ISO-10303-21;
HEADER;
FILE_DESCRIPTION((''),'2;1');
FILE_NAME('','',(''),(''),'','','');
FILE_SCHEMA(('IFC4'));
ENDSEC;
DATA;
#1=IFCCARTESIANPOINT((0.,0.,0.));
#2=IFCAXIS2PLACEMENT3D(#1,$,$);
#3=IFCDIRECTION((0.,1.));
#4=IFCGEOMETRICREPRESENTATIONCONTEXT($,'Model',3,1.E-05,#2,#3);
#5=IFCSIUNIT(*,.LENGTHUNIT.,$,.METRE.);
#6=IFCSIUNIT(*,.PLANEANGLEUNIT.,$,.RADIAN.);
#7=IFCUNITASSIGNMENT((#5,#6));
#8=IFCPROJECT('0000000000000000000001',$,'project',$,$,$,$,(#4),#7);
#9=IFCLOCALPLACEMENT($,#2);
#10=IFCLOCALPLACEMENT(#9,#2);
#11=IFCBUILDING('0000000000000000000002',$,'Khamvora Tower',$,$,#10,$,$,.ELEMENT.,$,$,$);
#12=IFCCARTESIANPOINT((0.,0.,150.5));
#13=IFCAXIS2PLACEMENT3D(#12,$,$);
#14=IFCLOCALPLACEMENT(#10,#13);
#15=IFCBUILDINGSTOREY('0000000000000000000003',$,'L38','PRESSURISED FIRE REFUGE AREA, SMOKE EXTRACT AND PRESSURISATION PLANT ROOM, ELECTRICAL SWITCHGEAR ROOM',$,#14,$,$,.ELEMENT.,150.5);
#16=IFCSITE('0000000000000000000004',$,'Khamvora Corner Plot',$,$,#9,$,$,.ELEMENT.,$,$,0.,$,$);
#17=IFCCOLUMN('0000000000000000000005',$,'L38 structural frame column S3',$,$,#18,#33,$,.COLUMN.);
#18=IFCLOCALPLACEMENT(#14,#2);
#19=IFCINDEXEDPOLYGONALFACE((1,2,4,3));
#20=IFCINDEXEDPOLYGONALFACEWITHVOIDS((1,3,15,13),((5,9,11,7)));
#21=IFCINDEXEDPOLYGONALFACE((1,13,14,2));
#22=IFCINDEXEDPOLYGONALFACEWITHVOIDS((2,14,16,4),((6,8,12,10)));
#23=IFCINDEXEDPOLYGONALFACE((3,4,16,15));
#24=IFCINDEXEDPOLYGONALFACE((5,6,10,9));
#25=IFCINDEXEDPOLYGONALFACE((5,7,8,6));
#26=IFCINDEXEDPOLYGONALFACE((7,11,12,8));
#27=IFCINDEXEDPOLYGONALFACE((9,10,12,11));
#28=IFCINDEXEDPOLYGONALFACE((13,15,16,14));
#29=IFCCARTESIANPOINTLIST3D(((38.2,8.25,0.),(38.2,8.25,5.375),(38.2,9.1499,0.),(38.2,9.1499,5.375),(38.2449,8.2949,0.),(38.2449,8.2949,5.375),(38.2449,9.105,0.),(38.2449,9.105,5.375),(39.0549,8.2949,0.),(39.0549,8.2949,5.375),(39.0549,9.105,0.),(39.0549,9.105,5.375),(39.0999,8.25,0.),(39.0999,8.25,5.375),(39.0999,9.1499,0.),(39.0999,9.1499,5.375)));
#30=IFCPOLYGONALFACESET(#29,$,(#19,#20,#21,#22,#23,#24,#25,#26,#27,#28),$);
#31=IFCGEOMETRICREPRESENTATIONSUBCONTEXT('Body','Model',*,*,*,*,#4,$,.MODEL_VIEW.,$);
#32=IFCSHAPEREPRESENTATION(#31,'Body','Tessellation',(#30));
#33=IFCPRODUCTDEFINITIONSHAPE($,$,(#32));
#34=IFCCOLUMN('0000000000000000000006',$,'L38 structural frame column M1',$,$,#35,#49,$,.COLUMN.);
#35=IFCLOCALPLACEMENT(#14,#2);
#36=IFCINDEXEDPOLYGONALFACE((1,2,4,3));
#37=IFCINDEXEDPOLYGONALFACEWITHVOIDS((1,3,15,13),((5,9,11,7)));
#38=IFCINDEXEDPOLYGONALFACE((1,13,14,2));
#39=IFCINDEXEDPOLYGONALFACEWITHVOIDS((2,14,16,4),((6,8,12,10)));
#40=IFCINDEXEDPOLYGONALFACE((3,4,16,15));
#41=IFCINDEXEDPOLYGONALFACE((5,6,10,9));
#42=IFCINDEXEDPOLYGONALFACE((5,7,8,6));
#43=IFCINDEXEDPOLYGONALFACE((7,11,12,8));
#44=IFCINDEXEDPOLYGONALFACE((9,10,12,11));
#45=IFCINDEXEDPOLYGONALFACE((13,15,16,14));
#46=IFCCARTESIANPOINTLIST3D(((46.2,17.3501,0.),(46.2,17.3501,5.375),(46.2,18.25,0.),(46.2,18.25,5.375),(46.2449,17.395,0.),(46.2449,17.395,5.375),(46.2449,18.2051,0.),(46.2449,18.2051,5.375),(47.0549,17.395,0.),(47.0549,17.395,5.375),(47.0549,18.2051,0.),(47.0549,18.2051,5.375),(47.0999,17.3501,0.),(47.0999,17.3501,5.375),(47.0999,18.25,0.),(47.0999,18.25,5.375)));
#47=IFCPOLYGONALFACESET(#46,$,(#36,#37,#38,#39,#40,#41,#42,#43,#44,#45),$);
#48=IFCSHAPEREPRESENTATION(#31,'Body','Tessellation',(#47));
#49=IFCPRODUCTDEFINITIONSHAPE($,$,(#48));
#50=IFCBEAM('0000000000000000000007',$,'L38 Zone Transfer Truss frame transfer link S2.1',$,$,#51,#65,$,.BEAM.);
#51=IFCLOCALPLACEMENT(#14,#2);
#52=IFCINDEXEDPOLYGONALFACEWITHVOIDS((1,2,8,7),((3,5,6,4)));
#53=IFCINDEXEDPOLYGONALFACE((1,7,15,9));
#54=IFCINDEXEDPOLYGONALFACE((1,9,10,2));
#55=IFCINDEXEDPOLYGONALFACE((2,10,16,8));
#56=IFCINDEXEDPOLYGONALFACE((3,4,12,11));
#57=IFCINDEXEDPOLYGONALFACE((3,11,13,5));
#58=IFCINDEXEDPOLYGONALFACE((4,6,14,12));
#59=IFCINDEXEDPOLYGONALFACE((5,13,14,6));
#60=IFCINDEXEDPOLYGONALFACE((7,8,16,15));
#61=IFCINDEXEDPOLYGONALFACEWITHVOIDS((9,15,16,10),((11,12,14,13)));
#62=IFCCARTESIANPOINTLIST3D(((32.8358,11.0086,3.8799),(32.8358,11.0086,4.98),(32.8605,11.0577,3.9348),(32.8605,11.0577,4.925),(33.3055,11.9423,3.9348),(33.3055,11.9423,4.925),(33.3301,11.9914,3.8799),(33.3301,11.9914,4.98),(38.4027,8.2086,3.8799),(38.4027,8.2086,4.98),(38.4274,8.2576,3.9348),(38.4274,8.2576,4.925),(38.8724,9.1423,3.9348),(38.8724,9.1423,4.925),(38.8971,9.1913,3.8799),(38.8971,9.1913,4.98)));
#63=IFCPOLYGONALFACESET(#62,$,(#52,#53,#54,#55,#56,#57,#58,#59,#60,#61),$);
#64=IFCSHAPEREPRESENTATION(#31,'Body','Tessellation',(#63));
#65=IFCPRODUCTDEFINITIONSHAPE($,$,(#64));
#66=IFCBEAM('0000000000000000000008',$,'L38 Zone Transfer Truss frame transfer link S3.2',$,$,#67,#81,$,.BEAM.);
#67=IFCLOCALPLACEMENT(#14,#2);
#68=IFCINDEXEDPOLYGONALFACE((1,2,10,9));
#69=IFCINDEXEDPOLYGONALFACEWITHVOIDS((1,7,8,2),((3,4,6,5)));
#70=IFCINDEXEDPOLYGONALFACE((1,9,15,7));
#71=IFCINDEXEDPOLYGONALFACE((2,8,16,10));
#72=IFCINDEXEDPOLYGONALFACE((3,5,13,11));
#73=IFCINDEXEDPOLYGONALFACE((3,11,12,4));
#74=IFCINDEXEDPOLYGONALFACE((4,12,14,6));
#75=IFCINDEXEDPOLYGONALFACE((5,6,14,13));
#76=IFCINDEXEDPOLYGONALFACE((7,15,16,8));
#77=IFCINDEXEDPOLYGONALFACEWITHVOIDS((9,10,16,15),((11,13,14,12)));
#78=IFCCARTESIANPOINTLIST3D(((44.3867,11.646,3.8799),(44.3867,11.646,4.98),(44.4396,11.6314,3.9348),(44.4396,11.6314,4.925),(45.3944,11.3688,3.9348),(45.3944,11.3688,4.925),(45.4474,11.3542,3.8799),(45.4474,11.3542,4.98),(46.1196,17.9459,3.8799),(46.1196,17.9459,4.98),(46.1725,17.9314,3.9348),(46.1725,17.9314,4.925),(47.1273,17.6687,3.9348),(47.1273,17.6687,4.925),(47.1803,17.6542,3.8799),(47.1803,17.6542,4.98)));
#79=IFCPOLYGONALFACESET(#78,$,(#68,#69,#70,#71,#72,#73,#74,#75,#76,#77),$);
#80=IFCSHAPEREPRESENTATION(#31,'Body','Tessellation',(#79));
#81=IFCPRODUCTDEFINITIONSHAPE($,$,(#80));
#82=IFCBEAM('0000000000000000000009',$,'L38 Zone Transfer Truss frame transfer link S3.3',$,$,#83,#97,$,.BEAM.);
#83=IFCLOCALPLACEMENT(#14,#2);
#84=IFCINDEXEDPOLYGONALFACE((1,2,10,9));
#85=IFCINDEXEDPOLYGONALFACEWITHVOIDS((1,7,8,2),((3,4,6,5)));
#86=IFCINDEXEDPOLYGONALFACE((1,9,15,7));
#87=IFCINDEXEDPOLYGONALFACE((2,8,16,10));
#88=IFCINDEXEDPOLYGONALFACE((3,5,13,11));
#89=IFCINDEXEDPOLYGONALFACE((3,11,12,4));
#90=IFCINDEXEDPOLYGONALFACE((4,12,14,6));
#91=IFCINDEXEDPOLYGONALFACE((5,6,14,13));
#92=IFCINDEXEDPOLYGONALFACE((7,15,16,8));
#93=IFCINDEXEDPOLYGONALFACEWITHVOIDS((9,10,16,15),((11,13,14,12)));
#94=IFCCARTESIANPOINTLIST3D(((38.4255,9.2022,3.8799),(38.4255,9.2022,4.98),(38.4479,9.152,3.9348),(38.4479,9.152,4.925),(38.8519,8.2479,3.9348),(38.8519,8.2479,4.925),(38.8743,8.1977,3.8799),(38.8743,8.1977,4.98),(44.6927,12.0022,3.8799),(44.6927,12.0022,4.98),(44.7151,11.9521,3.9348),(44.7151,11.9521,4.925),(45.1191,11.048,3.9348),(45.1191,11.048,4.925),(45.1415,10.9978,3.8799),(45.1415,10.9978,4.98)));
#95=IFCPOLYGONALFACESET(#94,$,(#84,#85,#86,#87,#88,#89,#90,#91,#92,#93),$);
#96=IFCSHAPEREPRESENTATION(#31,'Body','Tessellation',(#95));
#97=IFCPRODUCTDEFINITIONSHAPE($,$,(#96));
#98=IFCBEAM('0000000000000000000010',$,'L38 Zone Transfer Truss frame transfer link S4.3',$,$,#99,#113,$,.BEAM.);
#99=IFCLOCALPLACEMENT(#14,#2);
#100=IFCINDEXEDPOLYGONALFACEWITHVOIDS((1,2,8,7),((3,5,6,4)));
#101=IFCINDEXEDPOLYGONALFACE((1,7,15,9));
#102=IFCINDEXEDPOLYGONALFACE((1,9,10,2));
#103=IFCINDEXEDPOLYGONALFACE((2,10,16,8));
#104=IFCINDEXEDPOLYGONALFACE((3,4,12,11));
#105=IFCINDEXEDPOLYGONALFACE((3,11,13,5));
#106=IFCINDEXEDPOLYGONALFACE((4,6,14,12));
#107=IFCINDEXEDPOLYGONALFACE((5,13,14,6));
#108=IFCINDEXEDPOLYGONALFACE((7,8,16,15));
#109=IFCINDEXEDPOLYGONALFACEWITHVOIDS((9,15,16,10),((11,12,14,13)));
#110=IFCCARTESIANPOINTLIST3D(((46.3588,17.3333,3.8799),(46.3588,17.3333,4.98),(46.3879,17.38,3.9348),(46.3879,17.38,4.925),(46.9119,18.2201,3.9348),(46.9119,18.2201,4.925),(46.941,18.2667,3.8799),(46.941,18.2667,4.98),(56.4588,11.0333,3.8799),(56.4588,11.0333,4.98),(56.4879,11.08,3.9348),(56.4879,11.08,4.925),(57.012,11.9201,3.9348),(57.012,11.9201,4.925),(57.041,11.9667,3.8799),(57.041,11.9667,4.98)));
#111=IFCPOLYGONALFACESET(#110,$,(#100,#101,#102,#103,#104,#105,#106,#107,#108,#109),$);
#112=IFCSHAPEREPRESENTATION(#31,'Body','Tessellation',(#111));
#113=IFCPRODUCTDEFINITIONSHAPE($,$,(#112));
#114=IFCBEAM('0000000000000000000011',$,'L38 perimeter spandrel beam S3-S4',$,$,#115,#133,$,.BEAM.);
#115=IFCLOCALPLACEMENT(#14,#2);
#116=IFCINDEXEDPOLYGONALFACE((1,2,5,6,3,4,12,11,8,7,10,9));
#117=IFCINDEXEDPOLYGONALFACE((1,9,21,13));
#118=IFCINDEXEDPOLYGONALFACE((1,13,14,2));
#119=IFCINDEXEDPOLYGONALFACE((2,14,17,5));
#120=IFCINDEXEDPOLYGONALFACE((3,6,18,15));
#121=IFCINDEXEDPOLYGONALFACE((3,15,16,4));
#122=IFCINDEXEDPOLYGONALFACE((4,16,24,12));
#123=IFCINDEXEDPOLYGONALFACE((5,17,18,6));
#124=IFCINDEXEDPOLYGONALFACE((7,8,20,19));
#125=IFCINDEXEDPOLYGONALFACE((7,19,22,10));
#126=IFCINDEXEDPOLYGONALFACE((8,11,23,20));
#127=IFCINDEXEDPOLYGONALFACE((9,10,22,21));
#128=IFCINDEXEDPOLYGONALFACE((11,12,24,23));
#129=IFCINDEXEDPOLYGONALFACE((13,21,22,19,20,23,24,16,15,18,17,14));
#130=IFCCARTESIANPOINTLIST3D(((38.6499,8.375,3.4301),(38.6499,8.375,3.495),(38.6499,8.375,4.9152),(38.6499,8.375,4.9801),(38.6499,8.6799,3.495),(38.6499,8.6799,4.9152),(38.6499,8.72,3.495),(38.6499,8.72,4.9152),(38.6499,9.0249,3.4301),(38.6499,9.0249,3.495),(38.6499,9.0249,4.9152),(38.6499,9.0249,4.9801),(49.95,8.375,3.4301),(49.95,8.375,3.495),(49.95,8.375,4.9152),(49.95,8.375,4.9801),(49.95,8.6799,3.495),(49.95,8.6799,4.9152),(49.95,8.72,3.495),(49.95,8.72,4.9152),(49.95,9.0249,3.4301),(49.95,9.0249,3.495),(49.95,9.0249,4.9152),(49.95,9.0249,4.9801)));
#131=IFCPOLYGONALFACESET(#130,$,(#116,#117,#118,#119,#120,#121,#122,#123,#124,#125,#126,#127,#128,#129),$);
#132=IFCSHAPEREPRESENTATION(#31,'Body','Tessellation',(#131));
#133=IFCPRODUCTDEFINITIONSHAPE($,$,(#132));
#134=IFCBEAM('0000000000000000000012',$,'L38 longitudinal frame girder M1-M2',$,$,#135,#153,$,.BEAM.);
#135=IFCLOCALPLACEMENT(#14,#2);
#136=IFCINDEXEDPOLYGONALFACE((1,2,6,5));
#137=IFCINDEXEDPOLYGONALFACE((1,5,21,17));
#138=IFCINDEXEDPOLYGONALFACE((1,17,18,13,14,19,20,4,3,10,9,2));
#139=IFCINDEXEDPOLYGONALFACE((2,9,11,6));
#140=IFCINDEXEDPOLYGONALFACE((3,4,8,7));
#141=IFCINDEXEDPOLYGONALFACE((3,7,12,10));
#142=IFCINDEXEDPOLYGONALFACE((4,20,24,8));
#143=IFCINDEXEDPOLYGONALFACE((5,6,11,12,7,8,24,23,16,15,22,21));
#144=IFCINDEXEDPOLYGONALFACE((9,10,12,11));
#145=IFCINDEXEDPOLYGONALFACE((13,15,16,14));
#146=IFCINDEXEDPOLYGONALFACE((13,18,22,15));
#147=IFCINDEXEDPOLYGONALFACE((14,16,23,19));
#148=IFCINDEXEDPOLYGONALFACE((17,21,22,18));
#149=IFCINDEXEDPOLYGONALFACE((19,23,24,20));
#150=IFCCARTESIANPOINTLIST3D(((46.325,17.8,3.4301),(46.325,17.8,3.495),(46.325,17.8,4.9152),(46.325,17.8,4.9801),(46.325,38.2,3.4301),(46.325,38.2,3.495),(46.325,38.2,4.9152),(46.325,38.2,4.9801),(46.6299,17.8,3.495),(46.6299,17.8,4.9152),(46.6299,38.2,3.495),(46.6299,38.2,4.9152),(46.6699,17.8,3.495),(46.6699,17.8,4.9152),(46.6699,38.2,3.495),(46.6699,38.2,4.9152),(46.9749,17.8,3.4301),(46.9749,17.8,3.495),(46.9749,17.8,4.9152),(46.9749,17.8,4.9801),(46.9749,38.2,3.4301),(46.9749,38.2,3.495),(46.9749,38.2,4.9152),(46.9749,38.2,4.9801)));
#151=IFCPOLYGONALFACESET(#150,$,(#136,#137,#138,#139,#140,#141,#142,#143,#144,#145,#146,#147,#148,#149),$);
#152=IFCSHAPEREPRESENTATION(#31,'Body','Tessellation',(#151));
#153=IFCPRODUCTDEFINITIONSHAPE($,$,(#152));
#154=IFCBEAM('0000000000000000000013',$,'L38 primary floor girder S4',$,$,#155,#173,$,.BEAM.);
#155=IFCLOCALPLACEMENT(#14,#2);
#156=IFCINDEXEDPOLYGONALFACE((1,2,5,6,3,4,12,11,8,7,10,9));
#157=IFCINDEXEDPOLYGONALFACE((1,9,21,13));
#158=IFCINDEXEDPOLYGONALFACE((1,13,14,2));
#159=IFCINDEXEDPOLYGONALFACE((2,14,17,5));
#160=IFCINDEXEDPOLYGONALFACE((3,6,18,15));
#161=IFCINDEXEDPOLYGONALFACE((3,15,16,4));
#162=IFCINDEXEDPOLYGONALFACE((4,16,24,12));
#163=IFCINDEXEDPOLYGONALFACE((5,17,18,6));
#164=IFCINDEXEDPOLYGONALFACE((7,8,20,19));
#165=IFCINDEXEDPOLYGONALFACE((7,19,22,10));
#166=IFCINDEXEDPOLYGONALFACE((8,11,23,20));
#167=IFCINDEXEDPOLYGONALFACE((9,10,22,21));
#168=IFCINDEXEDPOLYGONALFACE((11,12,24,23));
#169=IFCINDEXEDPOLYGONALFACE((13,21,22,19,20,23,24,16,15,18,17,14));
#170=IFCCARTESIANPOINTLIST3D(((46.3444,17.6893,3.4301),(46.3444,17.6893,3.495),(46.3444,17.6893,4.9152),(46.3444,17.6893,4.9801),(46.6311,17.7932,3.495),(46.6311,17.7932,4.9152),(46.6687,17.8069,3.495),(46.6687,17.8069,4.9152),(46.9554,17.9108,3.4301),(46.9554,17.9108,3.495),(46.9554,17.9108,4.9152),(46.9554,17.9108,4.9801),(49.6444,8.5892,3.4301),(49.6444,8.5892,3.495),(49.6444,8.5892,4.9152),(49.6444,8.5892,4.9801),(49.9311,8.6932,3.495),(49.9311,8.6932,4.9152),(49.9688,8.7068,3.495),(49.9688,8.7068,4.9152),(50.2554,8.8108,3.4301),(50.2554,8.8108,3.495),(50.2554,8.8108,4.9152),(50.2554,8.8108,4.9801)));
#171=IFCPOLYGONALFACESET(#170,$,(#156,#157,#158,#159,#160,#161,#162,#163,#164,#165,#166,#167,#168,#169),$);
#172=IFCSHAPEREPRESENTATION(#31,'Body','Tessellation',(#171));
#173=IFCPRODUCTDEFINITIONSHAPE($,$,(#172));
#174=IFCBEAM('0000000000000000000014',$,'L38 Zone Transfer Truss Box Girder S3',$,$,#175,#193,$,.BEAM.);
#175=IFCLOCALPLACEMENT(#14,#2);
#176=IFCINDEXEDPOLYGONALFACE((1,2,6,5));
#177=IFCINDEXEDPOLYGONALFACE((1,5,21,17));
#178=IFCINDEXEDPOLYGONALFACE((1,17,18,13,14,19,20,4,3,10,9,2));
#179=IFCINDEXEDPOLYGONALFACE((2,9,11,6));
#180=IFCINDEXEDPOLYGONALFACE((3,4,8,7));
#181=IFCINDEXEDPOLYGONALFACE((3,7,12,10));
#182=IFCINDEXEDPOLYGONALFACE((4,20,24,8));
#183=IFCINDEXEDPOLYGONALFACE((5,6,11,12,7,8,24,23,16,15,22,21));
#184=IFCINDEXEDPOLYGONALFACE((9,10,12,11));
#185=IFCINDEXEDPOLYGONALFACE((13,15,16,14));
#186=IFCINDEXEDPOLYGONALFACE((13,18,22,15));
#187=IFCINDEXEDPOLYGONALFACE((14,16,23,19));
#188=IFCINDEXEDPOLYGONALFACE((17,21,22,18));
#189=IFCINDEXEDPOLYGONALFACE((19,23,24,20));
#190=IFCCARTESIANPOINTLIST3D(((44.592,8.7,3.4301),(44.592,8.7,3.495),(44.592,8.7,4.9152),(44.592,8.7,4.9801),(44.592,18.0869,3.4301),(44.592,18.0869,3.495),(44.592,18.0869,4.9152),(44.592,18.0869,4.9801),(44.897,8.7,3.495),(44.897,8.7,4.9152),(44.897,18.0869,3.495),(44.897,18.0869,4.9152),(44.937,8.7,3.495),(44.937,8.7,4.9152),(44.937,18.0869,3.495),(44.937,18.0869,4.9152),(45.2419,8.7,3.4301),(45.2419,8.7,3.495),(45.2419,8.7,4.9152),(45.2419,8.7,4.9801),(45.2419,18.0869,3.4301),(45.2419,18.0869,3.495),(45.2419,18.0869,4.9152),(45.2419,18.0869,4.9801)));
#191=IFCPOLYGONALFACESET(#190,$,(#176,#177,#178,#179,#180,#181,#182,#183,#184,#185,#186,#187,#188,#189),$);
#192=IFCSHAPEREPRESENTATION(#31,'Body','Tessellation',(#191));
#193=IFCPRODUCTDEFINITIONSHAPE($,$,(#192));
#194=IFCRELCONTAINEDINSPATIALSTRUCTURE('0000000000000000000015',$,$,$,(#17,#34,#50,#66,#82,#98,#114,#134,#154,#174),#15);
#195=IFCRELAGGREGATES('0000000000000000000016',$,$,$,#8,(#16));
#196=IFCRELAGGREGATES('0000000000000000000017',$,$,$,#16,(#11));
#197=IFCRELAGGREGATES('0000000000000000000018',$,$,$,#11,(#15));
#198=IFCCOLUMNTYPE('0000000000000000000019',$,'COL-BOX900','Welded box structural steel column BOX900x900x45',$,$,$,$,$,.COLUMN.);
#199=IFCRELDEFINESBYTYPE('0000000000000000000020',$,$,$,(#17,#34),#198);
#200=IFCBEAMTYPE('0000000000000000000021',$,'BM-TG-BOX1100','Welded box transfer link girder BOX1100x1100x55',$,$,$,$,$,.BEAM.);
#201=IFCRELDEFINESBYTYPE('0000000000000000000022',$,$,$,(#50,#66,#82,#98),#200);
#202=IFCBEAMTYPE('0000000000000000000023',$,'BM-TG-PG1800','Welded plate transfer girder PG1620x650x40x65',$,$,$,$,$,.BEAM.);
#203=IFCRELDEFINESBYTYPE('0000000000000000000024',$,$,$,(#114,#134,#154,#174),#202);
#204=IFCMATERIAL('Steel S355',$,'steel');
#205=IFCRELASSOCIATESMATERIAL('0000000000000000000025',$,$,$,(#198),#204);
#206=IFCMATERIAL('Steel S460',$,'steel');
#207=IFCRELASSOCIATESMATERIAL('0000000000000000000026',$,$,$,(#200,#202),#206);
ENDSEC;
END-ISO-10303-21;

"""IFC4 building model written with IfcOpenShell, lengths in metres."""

from ifc_helpers import new_model, si_unit, direction, frame, origin, origin_2d, place, context, subcontext, project, spatial, hollow_rectangle, i_section, extrude, material, material_profile, profile_set, type_object, element, save


model = new_model("IFC4")

# Units and contexts
model_context = context("Model", 3, precision=1e-05, world=origin(), true_north=direction((0.0, 1.0)))
body_context = subcontext(model_context, "Body", "Model", "MODEL_VIEW")
ifc_project = project(units=[si_unit("LENGTHUNIT", "METRE"), si_unit("PLANEANGLEUNIT", "RADIAN")], contexts=[model_context])

# Site, building, storey
site_placement = place(None, origin())
site = spatial("IfcSite", under=ifc_project, at=site_placement, Name="Khamvora Corner Plot", CompositionType="ELEMENT", RefElevation=0.0)
building_placement = place(site_placement, origin())
building = spatial("IfcBuilding", under=site, at=building_placement, Name="Khamvora Tower", CompositionType="ELEMENT")
storey_placement = place(building_placement, frame((0.0, 0.0, 150.5)))
storey = spatial("IfcBuildingStorey", under=building, at=storey_placement, Name="L38", Description="PRESSURISED FIRE REFUGE AREA, SMOKE EXTRACT AND PRESSURISATION PLANT ROOM, ELECTRICAL SWITCHGEAR ROOM", CompositionType="ELEMENT", Elevation=150.5)

# Columns
ifc_material_1 = material(Name="Steel S355", Category="steel")
ifc_material_profile_1 = material_profile(ifc_material_1, hollow_rectangle(XDim=0.8999, YDim=0.8999, WallThickness=0.0449, at=origin_2d()), Name="BOX900x900x45")
ifc_profile_set_1 = profile_set([ifc_material_profile_1], Name="Steel S355")
column_type = type_object("IfcColumnType", Name="COL-BOX900", Description="Welded box structural steel column BOX900x900x45", PredefinedType="COLUMN", material=ifc_profile_set_1)
for number, where, z_axis, x_axis, name in (
    (1, (38.6499, 8.7, 0.0), (0.0, 0.0, 1.0), (1.0, 0.0, 0.0), "L38 structural frame column S3"),
    (2, (46.6499, 17.8, 0.0), (0.0, 0.0, 1.0), (1.0, 0.0, 0.0), "L38 structural frame column M1"),
):
    element("IfcColumn", number, at=place(storey_placement, frame(where, z_axis=z_axis, x_axis=x_axis)), inside=storey, type_object=column_type, Name=name, PredefinedType="COLUMN", context=body_context, shape_type="SweptSolid", body=[
        extrude(hollow_rectangle(XDim=0.8999, YDim=0.8999, WallThickness=0.0449, at=origin_2d()), origin(), (0.0, 0.0, 1.0), 5.375),
    ])

# Beams
ifc_material_2 = material(Name="Steel S460", Category="steel")
ifc_material_profile_2 = material_profile(ifc_material_2, hollow_rectangle(XDim=1.1001, YDim=1.1001, WallThickness=0.0549, at=origin_2d()), Name="BOX1100x1100x55")
ifc_profile_set_2 = profile_set([ifc_material_profile_2], Name="Steel S460")
beam_type_1 = type_object("IfcBeamType", Name="BM-TG-BOX1100", Description="Welded box transfer link girder BOX1100x1100x55", PredefinedType="BEAM", material=ifc_profile_set_2)
beam_1_placement = place(storey_placement, frame((38.6499, 8.7, 4.4299), z_axis=(-0.893359, 0.449344, 0.0), x_axis=(-0.449344, -0.893359, 0.0)))
element("IfcBeam", 3, at=beam_1_placement, inside=storey, type_object=beam_type_1, Name="L38 Zone Transfer Truss frame transfer link S2.1", PredefinedType="BEAM", context=body_context, shape_type="SweptSolid", body=[
    extrude(hollow_rectangle(XDim=1.1001, YDim=1.1001, WallThickness=0.0549, at=origin_2d()), origin(), (0.0, 0.0, 1.0), 6.2314),
])
beam_2_placement = place(storey_placement, frame((46.6499, 17.8, 4.4299), z_axis=(-0.265213, -0.96419, 0.0), x_axis=(0.96419, -0.265213, 0.0)))
element("IfcBeam", 4, at=beam_2_placement, inside=storey, type_object=beam_type_1, Name="L38 Zone Transfer Truss frame transfer link S3.2", PredefinedType="BEAM", context=body_context, shape_type="SweptSolid", body=[
    extrude(hollow_rectangle(XDim=1.1001, YDim=1.1001, WallThickness=0.0549, at=origin_2d()), origin(), (0.0, 0.0, 1.0), 6.5339),
])
beam_3_placement = place(storey_placement, frame((38.6499, 8.7, 4.4299), z_axis=(0.913016, 0.407923, 0.0), x_axis=(-0.407923, 0.913016, 0.0)))
element("IfcBeam", 5, at=beam_3_placement, inside=storey, type_object=beam_type_1, Name="L38 Zone Transfer Truss frame transfer link S3.3", PredefinedType="BEAM", context=body_context, shape_type="SweptSolid", body=[
    extrude(hollow_rectangle(XDim=1.1001, YDim=1.1001, WallThickness=0.0549, at=origin_2d()), origin(), (0.0, 0.0, 1.0), 6.8643),
])
beam_4_placement = place(storey_placement, frame((46.6499, 17.8, 4.4299), z_axis=(0.84847, -0.529243, 0.0), x_axis=(0.529243, 0.84847, 0.0)))
element("IfcBeam", 6, at=beam_4_placement, inside=storey, type_object=beam_type_1, Name="L38 Zone Transfer Truss frame transfer link S4.3", PredefinedType="BEAM", context=body_context, shape_type="SweptSolid", body=[
    extrude(hollow_rectangle(XDim=1.1001, YDim=1.1001, WallThickness=0.0549, at=origin_2d()), origin(), (0.0, 0.0, 1.0), 11.9038),
])
ifc_material_profile_3 = material_profile(ifc_material_2, i_section(OverallWidth=0.6499, OverallDepth=1.55, WebThickness=0.04, FlangeThickness=0.0649, at=origin_2d()), Name="PG1550x650x40x65")
ifc_profile_set_3 = profile_set([ifc_material_profile_3], Name="Steel S460")
beam_type_2 = type_object("IfcBeamType", Name="BM-TG-PG1800", Description="Welded plate transfer girder PG1620x650x40x65", PredefinedType="BEAM", material=ifc_profile_set_3)
beam_5_placement = place(storey_placement, frame((38.6499, 8.7, 4.2051), z_axis=(1.0, 0.0, 0.0), x_axis=(0.0, 1.0, 0.0)))
element("IfcBeam", 7, at=beam_5_placement, inside=storey, type_object=beam_type_2, Name="L38 perimeter spandrel beam S3-S4", PredefinedType="BEAM", context=body_context, shape_type="SweptSolid", body=[
    extrude(i_section(OverallWidth=0.6499, OverallDepth=1.55, WebThickness=0.04, FlangeThickness=0.0649, at=origin_2d()), origin(), (0.0, 0.0, 1.0), 11.3),
])
beam_6_placement = place(storey_placement, frame((46.6499, 17.8, 4.2051), z_axis=(0.0, 1.0, 0.0), x_axis=(-1.0, 0.0, 0.0)))
element("IfcBeam", 8, at=beam_6_placement, inside=storey, type_object=beam_type_2, Name="L38 longitudinal frame girder M1-M2", PredefinedType="BEAM", context=body_context, shape_type="SweptSolid", body=[
    extrude(i_section(OverallWidth=0.6499, OverallDepth=1.55, WebThickness=0.04, FlangeThickness=0.0649, at=origin_2d()), origin(), (0.0, 0.0, 1.0), 20.3999),
])
beam_7_placement = place(storey_placement, frame((46.6499, 17.8, 4.2051), z_axis=(0.340915, -0.940094, 0.0), x_axis=(0.940094, 0.340915, 0.0)))
element("IfcBeam", 9, at=beam_7_placement, inside=storey, type_object=beam_type_2, Name="L38 primary floor girder S4", PredefinedType="BEAM", context=body_context, shape_type="SweptSolid", body=[
    extrude(i_section(OverallWidth=0.6499, OverallDepth=1.55, WebThickness=0.04, FlangeThickness=0.0649, at=origin_2d()), origin(), (0.0, 0.0, 1.0), 9.6799),
])
beam_8_placement = place(storey_placement, frame((44.917, 8.7, 4.2051), z_axis=(0.0, 1.0, 0.0), x_axis=(-1.0, 0.0, 0.0)))
element("IfcBeam", 10, at=beam_8_placement, inside=storey, type_object=beam_type_2, Name="L38 Zone Transfer Truss Box Girder S3", PredefinedType="BEAM", context=body_context, shape_type="SweptSolid", body=[
    extrude(i_section(OverallWidth=0.6499, OverallDepth=1.55, WebThickness=0.04, FlangeThickness=0.0649, at=origin_2d()), origin(), (0.0, 0.0, 1.0), 9.387),
])

save(model, "model.ifc")
